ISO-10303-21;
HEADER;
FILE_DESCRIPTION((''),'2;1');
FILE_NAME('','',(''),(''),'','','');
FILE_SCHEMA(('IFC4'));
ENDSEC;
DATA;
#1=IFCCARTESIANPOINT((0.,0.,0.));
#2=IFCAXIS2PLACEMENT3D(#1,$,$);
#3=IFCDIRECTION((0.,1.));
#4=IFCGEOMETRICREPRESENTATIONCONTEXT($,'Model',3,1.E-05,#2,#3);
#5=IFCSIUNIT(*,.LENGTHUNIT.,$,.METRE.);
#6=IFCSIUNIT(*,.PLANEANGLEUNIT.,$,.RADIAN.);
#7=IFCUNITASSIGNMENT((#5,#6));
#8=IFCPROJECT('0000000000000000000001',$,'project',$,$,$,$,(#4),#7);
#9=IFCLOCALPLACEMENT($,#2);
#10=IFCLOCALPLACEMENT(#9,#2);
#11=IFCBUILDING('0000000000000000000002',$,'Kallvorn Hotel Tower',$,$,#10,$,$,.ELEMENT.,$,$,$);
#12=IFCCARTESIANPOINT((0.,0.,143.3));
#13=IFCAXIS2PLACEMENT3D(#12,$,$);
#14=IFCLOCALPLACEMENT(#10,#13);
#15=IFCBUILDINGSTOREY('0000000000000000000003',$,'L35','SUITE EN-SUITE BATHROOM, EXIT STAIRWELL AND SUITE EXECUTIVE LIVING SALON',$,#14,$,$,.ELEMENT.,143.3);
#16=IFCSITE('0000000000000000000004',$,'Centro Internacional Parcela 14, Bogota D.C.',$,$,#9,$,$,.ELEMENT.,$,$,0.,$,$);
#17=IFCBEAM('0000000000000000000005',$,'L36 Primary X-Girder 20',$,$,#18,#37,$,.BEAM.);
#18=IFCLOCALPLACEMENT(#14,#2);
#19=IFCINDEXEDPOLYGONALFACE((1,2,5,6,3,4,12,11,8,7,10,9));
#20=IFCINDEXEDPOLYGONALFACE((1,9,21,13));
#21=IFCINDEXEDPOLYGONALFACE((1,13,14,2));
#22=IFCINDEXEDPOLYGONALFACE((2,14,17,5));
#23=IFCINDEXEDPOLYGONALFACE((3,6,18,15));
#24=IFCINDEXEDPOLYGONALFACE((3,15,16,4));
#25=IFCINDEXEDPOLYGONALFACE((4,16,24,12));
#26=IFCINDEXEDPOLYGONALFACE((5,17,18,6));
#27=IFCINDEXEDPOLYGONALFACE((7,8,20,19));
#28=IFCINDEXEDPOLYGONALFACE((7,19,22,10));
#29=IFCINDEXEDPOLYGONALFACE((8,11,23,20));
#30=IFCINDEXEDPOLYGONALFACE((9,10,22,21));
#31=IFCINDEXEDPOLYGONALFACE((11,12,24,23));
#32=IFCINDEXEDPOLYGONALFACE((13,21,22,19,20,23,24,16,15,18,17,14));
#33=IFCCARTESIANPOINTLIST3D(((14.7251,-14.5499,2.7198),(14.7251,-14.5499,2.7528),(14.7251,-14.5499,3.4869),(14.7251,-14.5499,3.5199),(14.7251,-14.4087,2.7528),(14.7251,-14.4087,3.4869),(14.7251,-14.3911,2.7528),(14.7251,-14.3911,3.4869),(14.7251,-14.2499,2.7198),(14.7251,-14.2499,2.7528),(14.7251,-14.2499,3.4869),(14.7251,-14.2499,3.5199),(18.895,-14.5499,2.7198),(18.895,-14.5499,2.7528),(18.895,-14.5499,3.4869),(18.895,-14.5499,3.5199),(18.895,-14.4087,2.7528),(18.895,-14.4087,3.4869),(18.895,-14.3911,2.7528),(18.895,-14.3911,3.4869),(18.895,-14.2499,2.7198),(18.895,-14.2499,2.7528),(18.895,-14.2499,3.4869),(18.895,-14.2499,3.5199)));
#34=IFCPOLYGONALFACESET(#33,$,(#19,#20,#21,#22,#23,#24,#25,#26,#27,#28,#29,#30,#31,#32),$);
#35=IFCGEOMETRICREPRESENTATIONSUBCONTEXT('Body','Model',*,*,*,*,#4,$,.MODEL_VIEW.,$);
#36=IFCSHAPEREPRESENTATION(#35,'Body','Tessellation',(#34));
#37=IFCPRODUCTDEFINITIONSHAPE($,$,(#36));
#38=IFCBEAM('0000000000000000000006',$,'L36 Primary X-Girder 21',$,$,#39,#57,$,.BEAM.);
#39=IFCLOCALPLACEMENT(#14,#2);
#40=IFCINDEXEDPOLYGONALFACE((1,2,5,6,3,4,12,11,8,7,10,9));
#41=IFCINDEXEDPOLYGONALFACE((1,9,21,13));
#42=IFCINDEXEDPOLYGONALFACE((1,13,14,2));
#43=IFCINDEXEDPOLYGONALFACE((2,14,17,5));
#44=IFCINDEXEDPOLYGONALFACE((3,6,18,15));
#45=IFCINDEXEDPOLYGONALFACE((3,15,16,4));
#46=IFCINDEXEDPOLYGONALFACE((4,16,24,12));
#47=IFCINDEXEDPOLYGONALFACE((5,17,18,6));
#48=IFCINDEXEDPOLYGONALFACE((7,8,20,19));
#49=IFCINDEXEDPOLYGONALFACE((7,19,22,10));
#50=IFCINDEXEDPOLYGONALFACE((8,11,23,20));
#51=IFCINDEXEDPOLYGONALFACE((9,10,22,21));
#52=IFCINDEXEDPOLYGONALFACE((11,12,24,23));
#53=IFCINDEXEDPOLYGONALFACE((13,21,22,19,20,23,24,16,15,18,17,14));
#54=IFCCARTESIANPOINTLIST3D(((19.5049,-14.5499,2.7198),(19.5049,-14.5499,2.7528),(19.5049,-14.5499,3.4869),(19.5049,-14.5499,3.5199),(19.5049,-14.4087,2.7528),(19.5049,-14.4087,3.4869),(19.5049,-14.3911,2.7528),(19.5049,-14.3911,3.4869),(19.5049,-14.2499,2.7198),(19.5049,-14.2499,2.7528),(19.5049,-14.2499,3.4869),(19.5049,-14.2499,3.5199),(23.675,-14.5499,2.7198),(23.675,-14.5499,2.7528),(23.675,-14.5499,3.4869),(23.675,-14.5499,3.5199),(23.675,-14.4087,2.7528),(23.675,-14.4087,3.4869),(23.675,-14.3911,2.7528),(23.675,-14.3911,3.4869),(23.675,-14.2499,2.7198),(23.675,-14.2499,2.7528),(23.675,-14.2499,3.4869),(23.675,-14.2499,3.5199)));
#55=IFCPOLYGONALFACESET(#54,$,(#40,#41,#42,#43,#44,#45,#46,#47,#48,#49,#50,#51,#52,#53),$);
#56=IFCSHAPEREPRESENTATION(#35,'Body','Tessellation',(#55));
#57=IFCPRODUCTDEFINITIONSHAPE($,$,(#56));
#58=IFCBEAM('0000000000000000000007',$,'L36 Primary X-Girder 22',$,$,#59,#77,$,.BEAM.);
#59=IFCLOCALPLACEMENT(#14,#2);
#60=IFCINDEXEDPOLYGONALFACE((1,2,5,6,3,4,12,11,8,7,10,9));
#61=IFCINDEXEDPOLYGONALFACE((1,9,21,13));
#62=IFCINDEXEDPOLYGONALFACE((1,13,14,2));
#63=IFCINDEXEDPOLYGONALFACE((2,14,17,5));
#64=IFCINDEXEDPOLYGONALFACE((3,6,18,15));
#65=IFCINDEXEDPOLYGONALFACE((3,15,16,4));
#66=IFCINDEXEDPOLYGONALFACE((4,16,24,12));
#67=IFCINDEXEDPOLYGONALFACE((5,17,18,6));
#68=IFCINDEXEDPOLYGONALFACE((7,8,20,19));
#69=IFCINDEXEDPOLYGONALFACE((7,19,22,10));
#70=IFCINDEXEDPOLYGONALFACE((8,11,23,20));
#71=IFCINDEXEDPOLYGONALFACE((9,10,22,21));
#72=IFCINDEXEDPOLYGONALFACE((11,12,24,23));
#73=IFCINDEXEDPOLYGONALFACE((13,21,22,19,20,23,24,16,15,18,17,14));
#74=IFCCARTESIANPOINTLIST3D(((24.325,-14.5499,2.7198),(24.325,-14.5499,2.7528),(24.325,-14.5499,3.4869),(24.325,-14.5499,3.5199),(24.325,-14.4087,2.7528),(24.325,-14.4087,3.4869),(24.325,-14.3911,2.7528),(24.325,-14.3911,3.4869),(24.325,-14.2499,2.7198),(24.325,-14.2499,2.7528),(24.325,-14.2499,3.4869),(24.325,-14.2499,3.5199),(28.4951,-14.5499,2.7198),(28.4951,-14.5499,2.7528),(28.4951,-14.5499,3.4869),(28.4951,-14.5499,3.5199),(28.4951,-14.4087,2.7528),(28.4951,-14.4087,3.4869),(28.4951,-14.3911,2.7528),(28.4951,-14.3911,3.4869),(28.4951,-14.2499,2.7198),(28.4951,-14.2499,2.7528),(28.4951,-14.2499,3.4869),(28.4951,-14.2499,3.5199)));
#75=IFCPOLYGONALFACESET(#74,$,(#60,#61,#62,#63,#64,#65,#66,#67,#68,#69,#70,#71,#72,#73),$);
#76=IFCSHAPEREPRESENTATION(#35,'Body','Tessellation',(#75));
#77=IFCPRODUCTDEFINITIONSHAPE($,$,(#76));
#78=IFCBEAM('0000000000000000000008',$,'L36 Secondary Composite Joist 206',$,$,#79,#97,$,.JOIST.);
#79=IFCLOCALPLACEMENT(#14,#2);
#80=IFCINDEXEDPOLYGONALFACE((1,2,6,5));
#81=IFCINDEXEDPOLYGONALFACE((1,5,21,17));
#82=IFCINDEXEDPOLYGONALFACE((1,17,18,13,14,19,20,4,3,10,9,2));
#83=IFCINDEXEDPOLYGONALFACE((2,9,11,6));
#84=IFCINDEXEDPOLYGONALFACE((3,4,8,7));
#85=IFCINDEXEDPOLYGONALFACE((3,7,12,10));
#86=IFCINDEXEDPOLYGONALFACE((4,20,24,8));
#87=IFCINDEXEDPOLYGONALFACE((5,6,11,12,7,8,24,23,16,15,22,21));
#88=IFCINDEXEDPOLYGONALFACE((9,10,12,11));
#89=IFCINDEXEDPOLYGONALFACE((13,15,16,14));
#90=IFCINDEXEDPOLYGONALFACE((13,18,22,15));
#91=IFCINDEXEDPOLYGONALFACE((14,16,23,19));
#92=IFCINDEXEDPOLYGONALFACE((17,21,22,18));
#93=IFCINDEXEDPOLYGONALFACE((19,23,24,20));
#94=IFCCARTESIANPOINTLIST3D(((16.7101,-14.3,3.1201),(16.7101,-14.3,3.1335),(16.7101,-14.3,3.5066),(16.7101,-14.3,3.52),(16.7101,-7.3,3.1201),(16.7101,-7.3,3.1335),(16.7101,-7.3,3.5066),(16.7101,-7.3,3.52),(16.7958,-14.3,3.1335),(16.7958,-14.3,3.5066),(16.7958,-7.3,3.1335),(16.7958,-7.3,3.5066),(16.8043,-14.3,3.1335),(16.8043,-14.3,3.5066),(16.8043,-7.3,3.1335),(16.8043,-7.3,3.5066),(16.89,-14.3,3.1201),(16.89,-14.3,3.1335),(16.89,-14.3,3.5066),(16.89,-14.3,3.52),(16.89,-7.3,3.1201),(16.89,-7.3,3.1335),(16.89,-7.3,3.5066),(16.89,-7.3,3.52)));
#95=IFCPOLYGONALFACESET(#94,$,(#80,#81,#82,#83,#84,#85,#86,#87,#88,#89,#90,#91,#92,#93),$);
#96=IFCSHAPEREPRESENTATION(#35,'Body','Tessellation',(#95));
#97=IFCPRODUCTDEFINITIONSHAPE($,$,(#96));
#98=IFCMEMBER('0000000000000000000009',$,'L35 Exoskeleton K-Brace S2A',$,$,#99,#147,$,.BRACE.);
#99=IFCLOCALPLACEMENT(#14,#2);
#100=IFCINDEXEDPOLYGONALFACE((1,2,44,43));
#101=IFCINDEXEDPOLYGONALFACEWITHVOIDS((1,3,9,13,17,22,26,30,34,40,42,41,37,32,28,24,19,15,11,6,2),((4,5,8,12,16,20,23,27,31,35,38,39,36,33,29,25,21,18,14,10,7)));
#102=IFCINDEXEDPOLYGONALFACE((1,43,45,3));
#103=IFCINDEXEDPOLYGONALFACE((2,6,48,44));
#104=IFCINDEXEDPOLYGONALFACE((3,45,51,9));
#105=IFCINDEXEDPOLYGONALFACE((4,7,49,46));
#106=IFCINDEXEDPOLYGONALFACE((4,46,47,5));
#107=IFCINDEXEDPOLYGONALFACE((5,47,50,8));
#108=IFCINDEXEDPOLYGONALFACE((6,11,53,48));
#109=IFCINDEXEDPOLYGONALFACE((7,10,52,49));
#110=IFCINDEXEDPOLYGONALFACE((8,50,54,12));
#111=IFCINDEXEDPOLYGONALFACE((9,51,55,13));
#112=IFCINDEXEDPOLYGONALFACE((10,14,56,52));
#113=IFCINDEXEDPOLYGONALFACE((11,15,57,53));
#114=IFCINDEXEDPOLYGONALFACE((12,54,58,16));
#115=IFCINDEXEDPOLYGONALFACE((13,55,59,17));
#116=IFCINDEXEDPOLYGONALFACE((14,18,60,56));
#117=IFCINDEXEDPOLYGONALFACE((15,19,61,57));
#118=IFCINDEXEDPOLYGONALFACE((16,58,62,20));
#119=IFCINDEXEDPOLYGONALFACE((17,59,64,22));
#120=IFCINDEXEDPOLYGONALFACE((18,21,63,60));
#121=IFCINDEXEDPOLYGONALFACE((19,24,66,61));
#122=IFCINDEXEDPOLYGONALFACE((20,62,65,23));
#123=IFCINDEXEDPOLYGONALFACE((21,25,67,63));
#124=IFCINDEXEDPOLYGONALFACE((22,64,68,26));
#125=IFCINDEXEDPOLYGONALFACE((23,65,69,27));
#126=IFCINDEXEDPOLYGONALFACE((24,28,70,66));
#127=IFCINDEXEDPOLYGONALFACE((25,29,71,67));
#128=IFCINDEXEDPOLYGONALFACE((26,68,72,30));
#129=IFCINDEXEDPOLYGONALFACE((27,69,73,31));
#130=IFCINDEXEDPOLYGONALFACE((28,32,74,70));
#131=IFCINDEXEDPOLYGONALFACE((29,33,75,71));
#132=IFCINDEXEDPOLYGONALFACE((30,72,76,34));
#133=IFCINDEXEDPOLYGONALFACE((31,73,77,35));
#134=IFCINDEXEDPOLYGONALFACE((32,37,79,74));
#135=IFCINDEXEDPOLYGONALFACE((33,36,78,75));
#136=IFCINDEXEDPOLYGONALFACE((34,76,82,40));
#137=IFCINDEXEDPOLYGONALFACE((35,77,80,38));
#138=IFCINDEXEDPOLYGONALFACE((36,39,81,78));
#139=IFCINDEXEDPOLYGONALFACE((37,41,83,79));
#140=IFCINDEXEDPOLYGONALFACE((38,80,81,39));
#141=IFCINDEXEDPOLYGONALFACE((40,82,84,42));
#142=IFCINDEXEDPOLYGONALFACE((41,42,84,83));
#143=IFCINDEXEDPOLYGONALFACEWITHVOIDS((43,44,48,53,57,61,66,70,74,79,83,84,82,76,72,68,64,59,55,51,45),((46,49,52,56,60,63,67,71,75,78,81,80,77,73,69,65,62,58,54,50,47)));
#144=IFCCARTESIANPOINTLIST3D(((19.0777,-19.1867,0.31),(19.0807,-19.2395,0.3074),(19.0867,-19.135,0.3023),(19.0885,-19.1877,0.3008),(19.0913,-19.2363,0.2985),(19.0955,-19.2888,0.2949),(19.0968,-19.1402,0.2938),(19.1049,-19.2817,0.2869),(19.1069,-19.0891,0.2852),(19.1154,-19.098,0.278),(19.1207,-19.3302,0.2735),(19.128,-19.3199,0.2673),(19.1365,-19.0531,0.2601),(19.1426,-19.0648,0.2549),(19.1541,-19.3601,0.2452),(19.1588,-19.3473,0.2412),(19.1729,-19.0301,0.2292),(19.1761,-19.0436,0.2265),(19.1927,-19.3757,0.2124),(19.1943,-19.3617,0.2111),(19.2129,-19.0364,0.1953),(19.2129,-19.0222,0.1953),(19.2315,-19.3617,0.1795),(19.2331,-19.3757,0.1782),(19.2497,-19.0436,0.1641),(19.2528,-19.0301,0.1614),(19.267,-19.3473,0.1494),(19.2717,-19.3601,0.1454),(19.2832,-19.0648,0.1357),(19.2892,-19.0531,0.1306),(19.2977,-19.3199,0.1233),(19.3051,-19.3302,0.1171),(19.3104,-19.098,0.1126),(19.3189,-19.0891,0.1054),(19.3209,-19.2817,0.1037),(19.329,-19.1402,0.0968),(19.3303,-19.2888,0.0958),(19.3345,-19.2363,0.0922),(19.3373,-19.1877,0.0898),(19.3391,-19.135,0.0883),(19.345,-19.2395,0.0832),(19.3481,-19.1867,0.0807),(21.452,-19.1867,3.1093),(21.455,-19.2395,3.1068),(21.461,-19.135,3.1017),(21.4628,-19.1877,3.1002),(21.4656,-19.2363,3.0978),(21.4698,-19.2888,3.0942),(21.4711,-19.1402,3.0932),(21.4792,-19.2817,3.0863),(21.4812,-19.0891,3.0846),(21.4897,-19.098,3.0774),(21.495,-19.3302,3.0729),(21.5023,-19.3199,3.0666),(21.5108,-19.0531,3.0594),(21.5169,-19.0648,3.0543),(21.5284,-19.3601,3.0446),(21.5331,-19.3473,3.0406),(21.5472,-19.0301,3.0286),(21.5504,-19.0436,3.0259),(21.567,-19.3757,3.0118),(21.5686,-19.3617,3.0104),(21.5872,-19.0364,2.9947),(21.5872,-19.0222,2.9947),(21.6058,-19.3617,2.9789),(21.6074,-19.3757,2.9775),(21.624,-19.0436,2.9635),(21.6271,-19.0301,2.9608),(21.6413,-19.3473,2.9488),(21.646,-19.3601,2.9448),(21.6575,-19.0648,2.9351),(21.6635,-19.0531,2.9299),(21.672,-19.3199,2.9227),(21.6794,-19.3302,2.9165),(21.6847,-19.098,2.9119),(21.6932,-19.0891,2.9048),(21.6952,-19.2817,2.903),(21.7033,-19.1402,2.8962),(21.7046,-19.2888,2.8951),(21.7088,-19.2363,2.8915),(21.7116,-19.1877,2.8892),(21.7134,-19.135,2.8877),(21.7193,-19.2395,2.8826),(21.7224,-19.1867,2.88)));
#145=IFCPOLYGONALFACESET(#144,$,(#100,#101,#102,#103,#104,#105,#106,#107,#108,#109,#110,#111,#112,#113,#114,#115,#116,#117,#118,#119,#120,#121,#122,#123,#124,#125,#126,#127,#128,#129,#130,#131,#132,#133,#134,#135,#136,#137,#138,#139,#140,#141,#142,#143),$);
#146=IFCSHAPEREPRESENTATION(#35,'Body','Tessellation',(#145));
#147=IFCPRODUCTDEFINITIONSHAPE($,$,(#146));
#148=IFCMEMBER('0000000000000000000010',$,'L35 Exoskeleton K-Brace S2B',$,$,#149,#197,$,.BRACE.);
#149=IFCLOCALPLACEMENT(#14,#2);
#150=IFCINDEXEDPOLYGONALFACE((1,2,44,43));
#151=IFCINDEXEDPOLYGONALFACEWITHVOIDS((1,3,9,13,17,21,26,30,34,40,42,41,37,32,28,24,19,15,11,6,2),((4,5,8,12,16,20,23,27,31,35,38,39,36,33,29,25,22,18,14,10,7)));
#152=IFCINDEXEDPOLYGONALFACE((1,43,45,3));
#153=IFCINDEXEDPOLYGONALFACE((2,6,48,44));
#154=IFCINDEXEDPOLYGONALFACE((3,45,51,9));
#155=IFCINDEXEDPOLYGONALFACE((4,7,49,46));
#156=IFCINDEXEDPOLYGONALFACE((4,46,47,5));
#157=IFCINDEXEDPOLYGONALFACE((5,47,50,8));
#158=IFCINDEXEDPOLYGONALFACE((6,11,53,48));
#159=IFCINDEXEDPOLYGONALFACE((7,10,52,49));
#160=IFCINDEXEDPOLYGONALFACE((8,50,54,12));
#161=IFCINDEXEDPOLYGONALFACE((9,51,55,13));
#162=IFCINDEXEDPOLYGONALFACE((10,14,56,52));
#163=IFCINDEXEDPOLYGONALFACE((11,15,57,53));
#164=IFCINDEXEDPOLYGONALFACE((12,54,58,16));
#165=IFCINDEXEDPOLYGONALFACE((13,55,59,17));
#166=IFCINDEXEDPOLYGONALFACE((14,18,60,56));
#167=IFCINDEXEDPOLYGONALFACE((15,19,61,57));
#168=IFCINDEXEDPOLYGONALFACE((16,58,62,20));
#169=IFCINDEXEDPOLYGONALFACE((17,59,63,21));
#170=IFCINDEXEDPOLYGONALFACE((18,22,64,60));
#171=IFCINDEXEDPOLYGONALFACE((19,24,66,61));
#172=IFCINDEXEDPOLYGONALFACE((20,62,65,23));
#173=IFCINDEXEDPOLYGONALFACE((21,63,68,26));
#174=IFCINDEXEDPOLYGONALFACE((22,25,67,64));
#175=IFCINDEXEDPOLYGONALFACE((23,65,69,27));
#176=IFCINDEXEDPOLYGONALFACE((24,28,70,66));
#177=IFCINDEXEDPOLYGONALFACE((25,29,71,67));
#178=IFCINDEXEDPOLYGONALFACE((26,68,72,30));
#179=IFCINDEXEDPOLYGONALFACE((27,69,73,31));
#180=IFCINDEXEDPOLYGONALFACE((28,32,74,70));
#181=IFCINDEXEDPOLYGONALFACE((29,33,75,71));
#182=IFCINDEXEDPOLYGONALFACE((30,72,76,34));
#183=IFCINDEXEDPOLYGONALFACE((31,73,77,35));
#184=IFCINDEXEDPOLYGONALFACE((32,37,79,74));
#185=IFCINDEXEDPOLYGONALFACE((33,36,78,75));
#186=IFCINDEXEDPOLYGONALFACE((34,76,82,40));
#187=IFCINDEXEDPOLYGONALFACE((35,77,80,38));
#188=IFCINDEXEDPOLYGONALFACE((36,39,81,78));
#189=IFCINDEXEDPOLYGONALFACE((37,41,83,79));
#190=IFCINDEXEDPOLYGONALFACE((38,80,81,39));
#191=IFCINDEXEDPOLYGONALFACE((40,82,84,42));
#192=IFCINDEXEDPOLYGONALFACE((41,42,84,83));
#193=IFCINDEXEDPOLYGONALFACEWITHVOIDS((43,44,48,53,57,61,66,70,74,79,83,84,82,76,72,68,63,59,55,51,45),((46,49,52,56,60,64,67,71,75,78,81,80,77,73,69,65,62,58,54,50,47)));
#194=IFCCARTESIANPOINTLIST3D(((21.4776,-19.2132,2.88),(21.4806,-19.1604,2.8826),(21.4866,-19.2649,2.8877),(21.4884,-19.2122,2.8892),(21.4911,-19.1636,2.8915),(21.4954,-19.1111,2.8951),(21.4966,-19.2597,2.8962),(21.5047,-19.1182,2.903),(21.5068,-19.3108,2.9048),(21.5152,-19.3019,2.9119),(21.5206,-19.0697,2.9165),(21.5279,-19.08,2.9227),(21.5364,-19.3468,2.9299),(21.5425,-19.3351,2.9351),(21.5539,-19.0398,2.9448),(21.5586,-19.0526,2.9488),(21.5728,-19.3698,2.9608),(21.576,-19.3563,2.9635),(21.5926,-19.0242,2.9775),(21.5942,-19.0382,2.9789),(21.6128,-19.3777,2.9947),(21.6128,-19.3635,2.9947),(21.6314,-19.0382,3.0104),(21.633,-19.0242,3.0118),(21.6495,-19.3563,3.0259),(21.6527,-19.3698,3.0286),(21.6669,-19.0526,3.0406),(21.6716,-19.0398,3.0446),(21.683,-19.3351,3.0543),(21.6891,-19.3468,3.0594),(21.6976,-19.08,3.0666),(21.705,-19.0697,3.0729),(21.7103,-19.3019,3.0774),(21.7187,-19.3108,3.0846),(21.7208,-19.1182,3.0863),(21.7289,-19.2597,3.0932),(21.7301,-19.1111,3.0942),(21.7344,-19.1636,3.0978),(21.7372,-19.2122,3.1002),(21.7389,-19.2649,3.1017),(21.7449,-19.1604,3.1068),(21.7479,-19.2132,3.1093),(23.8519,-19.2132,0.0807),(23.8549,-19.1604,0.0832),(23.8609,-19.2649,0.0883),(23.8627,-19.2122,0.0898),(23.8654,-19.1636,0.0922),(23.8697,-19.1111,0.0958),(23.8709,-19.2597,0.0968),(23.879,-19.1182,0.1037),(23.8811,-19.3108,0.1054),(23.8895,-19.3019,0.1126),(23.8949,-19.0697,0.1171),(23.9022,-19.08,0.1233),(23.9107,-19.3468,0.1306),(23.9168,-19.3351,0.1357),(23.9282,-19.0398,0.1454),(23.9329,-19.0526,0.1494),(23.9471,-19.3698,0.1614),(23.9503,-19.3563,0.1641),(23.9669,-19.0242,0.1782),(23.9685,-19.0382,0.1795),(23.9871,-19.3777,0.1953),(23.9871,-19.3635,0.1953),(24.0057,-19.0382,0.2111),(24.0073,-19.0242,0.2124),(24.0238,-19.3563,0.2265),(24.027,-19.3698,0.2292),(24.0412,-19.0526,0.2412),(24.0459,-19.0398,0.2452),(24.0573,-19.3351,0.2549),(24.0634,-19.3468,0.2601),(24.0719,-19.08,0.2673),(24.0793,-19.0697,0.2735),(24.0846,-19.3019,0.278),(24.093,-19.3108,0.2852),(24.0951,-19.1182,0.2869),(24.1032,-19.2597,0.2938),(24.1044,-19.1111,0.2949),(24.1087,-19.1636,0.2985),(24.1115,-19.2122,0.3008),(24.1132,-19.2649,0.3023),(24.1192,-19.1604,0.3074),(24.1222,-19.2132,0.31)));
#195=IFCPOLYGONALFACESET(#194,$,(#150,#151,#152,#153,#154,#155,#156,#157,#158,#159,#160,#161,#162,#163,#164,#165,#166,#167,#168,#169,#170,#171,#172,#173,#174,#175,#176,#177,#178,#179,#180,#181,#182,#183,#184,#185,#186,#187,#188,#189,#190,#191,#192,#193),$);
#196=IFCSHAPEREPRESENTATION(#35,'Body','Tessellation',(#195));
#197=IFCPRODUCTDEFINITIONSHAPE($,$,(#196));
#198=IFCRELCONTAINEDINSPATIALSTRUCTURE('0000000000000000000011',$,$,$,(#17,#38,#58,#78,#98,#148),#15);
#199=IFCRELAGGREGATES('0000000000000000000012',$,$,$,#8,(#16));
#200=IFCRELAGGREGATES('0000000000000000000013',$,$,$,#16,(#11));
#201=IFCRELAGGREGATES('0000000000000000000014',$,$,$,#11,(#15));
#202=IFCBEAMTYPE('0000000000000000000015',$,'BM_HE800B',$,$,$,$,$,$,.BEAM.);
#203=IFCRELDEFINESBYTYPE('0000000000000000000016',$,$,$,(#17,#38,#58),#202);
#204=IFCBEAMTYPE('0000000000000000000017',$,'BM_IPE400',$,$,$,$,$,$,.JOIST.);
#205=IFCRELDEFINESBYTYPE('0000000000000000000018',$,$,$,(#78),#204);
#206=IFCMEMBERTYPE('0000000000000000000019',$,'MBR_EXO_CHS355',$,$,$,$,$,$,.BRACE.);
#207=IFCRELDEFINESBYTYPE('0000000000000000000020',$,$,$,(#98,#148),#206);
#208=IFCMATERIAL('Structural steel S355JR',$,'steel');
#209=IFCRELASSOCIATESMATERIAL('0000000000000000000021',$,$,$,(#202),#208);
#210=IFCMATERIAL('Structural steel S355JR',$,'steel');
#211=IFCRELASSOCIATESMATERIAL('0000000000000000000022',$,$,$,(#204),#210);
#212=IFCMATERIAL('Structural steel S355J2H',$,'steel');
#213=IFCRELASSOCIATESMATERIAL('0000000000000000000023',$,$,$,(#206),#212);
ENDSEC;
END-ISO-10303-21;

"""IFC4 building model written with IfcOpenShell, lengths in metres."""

from ifc_helpers import new_model, si_unit, direction, frame, origin, origin_2d, place, context, subcontext, project, spatial, hollow_circle, i_section, extrude, material, material_profile, profile_set, type_object, element, save


model = new_model("IFC4")

# Units and contexts
model_context = context("Model", 3, precision=1e-05, world=origin(), true_north=direction((0.0, 1.0)))
body_context = subcontext(model_context, "Body", "Model", "MODEL_VIEW")
ifc_project = project(units=[si_unit("LENGTHUNIT", "METRE"), si_unit("PLANEANGLEUNIT", "RADIAN")], contexts=[model_context])

# Site, building, storey
site_placement = place(None, origin())
site = spatial("IfcSite", under=ifc_project, at=site_placement, Name="Centro Internacional Parcela 14, Bogota D.C.", CompositionType="ELEMENT", RefElevation=0.0)
building_placement = place(site_placement, origin())
building = spatial("IfcBuilding", under=site, at=building_placement, Name="Kallvorn Hotel Tower", CompositionType="ELEMENT")
storey_placement = place(building_placement, frame((0.0, 0.0, 143.3)))
storey = spatial("IfcBuildingStorey", under=building, at=storey_placement, Name="L35", Description="SUITE EN-SUITE BATHROOM, EXIT STAIRWELL AND SUITE EXECUTIVE LIVING SALON", CompositionType="ELEMENT", Elevation=143.3)

# Beams
ifc_material_1 = material(Name="Structural steel S355JR", Category="steel")
ifc_material_profile_1 = material_profile(ifc_material_1, i_section(OverallWidth=0.3, OverallDepth=0.8, WebThickness=0.0176, FlangeThickness=0.033, at=origin_2d()), Name="HE 800 B")
ifc_profile_set_1 = profile_set([ifc_material_profile_1], Name="Structural steel S355JR")
beam_type_1 = type_object("IfcBeamType", Name="BM_HE800B", PredefinedType="BEAM", material=ifc_profile_set_1)
beam_1_placement = place(storey_placement, frame((14.7251, -14.3999, 3.1199), z_axis=(1.0, 0.0, 0.0), x_axis=(0.0, 1.0, 0.0)))
element("IfcBeam", 1, at=beam_1_placement, inside=storey, type_object=beam_type_1, Name="L36 Primary X-Girder 20", PredefinedType="BEAM", context=body_context, shape_type="SweptSolid", body=[
    extrude(i_section(OverallWidth=0.3, OverallDepth=0.8, WebThickness=0.0176, FlangeThickness=0.033, at=origin_2d()), origin(), (0.0, 0.0, 1.0), 4.1699),
])
for number, where, z_axis, x_axis, name in (
    (2, (19.5049, -14.3999, 3.1199), (1.0, 0.0, 0.0), (0.0, 1.0, 0.0), "L36 Primary X-Girder 21"),
    (3, (24.325, -14.3999, 3.1199), (1.0, 0.0, 0.0), (0.0, 1.0, 0.0), "L36 Primary X-Girder 22"),
):
    element("IfcBeam", number, at=place(storey_placement, frame(where, z_axis=z_axis, x_axis=x_axis)), inside=storey, type_object=beam_type_1, Name=name, PredefinedType="BEAM", context=body_context, shape_type="SweptSolid", body=[
        extrude(i_section(OverallWidth=0.3, OverallDepth=0.8, WebThickness=0.0176, FlangeThickness=0.033, at=origin_2d()), origin(), (0.0, 0.0, 1.0), 4.1702),
    ])
ifc_material_2 = material(Name="Structural steel S355JR", Category="steel")
ifc_material_profile_2 = material_profile(ifc_material_2, i_section(OverallWidth=0.1799, OverallDepth=0.3999, WebThickness=0.0085, FlangeThickness=0.0134, at=origin_2d()), Name="IPE 400")
ifc_profile_set_2 = profile_set([ifc_material_profile_2], Name="Structural steel S355JR")
beam_type_2 = type_object("IfcBeamType", Name="BM_IPE400", PredefinedType="JOIST", material=ifc_profile_set_2)
beam_2_placement = place(storey_placement, frame((16.8, -14.3, 3.3201), z_axis=(0.0, 1.0, 0.0), x_axis=(-1.0, 0.0, 0.0)))
element("IfcBeam", 4, at=beam_2_placement, inside=storey, type_object=beam_type_2, Name="L36 Secondary Composite Joist 206", PredefinedType="JOIST", context=body_context, shape_type="SweptSolid", body=[
    extrude(i_section(OverallWidth=0.1799, OverallDepth=0.3999, WebThickness=0.0085, FlangeThickness=0.0134, at=origin_2d()), origin(), (0.0, 0.0, 1.0), 7.0),
])

# Members
ifc_material_3 = material(Name="Structural steel S355J2H", Category="steel")
ifc_material_profile_3 = material_profile(ifc_material_3, hollow_circle(Radius=0.1777, WallThickness=0.0142, at=origin_2d()), Name="CHS 355.6x14.2")
ifc_profile_set_3 = profile_set([ifc_material_profile_3], Name="Structural steel S355J2H")
member_type = type_object("IfcMemberType", Name="MBR_EXO_CHS355", PredefinedType="BRACE", material=ifc_profile_set_3)
for number, where, z_axis, x_axis, name in (
    (5, (19.2129, -19.2, 0.1953), (0.646833, 0.0, 0.762631), (0.0, 1.0, 0.0), "L35 Exoskeleton K-Brace S2A"),
    (6, (23.9871, -19.2, 0.1953), (-0.646833, 0.0, 0.762631), (0.0, -1.0, 0.0), "L35 Exoskeleton K-Brace S2B"),
):
    element("IfcMember", number, at=place(storey_placement, frame(where, z_axis=z_axis, x_axis=x_axis)), inside=storey, type_object=member_type, Name=name, PredefinedType="BRACE", context=body_context, shape_type="SweptSolid", body=[
        extrude(hollow_circle(Radius=0.1777, WallThickness=0.0142, at=origin_2d()), origin(), (0.0, 0.0, 1.0), 3.6707),
    ])

save(model, "model.ifc")
